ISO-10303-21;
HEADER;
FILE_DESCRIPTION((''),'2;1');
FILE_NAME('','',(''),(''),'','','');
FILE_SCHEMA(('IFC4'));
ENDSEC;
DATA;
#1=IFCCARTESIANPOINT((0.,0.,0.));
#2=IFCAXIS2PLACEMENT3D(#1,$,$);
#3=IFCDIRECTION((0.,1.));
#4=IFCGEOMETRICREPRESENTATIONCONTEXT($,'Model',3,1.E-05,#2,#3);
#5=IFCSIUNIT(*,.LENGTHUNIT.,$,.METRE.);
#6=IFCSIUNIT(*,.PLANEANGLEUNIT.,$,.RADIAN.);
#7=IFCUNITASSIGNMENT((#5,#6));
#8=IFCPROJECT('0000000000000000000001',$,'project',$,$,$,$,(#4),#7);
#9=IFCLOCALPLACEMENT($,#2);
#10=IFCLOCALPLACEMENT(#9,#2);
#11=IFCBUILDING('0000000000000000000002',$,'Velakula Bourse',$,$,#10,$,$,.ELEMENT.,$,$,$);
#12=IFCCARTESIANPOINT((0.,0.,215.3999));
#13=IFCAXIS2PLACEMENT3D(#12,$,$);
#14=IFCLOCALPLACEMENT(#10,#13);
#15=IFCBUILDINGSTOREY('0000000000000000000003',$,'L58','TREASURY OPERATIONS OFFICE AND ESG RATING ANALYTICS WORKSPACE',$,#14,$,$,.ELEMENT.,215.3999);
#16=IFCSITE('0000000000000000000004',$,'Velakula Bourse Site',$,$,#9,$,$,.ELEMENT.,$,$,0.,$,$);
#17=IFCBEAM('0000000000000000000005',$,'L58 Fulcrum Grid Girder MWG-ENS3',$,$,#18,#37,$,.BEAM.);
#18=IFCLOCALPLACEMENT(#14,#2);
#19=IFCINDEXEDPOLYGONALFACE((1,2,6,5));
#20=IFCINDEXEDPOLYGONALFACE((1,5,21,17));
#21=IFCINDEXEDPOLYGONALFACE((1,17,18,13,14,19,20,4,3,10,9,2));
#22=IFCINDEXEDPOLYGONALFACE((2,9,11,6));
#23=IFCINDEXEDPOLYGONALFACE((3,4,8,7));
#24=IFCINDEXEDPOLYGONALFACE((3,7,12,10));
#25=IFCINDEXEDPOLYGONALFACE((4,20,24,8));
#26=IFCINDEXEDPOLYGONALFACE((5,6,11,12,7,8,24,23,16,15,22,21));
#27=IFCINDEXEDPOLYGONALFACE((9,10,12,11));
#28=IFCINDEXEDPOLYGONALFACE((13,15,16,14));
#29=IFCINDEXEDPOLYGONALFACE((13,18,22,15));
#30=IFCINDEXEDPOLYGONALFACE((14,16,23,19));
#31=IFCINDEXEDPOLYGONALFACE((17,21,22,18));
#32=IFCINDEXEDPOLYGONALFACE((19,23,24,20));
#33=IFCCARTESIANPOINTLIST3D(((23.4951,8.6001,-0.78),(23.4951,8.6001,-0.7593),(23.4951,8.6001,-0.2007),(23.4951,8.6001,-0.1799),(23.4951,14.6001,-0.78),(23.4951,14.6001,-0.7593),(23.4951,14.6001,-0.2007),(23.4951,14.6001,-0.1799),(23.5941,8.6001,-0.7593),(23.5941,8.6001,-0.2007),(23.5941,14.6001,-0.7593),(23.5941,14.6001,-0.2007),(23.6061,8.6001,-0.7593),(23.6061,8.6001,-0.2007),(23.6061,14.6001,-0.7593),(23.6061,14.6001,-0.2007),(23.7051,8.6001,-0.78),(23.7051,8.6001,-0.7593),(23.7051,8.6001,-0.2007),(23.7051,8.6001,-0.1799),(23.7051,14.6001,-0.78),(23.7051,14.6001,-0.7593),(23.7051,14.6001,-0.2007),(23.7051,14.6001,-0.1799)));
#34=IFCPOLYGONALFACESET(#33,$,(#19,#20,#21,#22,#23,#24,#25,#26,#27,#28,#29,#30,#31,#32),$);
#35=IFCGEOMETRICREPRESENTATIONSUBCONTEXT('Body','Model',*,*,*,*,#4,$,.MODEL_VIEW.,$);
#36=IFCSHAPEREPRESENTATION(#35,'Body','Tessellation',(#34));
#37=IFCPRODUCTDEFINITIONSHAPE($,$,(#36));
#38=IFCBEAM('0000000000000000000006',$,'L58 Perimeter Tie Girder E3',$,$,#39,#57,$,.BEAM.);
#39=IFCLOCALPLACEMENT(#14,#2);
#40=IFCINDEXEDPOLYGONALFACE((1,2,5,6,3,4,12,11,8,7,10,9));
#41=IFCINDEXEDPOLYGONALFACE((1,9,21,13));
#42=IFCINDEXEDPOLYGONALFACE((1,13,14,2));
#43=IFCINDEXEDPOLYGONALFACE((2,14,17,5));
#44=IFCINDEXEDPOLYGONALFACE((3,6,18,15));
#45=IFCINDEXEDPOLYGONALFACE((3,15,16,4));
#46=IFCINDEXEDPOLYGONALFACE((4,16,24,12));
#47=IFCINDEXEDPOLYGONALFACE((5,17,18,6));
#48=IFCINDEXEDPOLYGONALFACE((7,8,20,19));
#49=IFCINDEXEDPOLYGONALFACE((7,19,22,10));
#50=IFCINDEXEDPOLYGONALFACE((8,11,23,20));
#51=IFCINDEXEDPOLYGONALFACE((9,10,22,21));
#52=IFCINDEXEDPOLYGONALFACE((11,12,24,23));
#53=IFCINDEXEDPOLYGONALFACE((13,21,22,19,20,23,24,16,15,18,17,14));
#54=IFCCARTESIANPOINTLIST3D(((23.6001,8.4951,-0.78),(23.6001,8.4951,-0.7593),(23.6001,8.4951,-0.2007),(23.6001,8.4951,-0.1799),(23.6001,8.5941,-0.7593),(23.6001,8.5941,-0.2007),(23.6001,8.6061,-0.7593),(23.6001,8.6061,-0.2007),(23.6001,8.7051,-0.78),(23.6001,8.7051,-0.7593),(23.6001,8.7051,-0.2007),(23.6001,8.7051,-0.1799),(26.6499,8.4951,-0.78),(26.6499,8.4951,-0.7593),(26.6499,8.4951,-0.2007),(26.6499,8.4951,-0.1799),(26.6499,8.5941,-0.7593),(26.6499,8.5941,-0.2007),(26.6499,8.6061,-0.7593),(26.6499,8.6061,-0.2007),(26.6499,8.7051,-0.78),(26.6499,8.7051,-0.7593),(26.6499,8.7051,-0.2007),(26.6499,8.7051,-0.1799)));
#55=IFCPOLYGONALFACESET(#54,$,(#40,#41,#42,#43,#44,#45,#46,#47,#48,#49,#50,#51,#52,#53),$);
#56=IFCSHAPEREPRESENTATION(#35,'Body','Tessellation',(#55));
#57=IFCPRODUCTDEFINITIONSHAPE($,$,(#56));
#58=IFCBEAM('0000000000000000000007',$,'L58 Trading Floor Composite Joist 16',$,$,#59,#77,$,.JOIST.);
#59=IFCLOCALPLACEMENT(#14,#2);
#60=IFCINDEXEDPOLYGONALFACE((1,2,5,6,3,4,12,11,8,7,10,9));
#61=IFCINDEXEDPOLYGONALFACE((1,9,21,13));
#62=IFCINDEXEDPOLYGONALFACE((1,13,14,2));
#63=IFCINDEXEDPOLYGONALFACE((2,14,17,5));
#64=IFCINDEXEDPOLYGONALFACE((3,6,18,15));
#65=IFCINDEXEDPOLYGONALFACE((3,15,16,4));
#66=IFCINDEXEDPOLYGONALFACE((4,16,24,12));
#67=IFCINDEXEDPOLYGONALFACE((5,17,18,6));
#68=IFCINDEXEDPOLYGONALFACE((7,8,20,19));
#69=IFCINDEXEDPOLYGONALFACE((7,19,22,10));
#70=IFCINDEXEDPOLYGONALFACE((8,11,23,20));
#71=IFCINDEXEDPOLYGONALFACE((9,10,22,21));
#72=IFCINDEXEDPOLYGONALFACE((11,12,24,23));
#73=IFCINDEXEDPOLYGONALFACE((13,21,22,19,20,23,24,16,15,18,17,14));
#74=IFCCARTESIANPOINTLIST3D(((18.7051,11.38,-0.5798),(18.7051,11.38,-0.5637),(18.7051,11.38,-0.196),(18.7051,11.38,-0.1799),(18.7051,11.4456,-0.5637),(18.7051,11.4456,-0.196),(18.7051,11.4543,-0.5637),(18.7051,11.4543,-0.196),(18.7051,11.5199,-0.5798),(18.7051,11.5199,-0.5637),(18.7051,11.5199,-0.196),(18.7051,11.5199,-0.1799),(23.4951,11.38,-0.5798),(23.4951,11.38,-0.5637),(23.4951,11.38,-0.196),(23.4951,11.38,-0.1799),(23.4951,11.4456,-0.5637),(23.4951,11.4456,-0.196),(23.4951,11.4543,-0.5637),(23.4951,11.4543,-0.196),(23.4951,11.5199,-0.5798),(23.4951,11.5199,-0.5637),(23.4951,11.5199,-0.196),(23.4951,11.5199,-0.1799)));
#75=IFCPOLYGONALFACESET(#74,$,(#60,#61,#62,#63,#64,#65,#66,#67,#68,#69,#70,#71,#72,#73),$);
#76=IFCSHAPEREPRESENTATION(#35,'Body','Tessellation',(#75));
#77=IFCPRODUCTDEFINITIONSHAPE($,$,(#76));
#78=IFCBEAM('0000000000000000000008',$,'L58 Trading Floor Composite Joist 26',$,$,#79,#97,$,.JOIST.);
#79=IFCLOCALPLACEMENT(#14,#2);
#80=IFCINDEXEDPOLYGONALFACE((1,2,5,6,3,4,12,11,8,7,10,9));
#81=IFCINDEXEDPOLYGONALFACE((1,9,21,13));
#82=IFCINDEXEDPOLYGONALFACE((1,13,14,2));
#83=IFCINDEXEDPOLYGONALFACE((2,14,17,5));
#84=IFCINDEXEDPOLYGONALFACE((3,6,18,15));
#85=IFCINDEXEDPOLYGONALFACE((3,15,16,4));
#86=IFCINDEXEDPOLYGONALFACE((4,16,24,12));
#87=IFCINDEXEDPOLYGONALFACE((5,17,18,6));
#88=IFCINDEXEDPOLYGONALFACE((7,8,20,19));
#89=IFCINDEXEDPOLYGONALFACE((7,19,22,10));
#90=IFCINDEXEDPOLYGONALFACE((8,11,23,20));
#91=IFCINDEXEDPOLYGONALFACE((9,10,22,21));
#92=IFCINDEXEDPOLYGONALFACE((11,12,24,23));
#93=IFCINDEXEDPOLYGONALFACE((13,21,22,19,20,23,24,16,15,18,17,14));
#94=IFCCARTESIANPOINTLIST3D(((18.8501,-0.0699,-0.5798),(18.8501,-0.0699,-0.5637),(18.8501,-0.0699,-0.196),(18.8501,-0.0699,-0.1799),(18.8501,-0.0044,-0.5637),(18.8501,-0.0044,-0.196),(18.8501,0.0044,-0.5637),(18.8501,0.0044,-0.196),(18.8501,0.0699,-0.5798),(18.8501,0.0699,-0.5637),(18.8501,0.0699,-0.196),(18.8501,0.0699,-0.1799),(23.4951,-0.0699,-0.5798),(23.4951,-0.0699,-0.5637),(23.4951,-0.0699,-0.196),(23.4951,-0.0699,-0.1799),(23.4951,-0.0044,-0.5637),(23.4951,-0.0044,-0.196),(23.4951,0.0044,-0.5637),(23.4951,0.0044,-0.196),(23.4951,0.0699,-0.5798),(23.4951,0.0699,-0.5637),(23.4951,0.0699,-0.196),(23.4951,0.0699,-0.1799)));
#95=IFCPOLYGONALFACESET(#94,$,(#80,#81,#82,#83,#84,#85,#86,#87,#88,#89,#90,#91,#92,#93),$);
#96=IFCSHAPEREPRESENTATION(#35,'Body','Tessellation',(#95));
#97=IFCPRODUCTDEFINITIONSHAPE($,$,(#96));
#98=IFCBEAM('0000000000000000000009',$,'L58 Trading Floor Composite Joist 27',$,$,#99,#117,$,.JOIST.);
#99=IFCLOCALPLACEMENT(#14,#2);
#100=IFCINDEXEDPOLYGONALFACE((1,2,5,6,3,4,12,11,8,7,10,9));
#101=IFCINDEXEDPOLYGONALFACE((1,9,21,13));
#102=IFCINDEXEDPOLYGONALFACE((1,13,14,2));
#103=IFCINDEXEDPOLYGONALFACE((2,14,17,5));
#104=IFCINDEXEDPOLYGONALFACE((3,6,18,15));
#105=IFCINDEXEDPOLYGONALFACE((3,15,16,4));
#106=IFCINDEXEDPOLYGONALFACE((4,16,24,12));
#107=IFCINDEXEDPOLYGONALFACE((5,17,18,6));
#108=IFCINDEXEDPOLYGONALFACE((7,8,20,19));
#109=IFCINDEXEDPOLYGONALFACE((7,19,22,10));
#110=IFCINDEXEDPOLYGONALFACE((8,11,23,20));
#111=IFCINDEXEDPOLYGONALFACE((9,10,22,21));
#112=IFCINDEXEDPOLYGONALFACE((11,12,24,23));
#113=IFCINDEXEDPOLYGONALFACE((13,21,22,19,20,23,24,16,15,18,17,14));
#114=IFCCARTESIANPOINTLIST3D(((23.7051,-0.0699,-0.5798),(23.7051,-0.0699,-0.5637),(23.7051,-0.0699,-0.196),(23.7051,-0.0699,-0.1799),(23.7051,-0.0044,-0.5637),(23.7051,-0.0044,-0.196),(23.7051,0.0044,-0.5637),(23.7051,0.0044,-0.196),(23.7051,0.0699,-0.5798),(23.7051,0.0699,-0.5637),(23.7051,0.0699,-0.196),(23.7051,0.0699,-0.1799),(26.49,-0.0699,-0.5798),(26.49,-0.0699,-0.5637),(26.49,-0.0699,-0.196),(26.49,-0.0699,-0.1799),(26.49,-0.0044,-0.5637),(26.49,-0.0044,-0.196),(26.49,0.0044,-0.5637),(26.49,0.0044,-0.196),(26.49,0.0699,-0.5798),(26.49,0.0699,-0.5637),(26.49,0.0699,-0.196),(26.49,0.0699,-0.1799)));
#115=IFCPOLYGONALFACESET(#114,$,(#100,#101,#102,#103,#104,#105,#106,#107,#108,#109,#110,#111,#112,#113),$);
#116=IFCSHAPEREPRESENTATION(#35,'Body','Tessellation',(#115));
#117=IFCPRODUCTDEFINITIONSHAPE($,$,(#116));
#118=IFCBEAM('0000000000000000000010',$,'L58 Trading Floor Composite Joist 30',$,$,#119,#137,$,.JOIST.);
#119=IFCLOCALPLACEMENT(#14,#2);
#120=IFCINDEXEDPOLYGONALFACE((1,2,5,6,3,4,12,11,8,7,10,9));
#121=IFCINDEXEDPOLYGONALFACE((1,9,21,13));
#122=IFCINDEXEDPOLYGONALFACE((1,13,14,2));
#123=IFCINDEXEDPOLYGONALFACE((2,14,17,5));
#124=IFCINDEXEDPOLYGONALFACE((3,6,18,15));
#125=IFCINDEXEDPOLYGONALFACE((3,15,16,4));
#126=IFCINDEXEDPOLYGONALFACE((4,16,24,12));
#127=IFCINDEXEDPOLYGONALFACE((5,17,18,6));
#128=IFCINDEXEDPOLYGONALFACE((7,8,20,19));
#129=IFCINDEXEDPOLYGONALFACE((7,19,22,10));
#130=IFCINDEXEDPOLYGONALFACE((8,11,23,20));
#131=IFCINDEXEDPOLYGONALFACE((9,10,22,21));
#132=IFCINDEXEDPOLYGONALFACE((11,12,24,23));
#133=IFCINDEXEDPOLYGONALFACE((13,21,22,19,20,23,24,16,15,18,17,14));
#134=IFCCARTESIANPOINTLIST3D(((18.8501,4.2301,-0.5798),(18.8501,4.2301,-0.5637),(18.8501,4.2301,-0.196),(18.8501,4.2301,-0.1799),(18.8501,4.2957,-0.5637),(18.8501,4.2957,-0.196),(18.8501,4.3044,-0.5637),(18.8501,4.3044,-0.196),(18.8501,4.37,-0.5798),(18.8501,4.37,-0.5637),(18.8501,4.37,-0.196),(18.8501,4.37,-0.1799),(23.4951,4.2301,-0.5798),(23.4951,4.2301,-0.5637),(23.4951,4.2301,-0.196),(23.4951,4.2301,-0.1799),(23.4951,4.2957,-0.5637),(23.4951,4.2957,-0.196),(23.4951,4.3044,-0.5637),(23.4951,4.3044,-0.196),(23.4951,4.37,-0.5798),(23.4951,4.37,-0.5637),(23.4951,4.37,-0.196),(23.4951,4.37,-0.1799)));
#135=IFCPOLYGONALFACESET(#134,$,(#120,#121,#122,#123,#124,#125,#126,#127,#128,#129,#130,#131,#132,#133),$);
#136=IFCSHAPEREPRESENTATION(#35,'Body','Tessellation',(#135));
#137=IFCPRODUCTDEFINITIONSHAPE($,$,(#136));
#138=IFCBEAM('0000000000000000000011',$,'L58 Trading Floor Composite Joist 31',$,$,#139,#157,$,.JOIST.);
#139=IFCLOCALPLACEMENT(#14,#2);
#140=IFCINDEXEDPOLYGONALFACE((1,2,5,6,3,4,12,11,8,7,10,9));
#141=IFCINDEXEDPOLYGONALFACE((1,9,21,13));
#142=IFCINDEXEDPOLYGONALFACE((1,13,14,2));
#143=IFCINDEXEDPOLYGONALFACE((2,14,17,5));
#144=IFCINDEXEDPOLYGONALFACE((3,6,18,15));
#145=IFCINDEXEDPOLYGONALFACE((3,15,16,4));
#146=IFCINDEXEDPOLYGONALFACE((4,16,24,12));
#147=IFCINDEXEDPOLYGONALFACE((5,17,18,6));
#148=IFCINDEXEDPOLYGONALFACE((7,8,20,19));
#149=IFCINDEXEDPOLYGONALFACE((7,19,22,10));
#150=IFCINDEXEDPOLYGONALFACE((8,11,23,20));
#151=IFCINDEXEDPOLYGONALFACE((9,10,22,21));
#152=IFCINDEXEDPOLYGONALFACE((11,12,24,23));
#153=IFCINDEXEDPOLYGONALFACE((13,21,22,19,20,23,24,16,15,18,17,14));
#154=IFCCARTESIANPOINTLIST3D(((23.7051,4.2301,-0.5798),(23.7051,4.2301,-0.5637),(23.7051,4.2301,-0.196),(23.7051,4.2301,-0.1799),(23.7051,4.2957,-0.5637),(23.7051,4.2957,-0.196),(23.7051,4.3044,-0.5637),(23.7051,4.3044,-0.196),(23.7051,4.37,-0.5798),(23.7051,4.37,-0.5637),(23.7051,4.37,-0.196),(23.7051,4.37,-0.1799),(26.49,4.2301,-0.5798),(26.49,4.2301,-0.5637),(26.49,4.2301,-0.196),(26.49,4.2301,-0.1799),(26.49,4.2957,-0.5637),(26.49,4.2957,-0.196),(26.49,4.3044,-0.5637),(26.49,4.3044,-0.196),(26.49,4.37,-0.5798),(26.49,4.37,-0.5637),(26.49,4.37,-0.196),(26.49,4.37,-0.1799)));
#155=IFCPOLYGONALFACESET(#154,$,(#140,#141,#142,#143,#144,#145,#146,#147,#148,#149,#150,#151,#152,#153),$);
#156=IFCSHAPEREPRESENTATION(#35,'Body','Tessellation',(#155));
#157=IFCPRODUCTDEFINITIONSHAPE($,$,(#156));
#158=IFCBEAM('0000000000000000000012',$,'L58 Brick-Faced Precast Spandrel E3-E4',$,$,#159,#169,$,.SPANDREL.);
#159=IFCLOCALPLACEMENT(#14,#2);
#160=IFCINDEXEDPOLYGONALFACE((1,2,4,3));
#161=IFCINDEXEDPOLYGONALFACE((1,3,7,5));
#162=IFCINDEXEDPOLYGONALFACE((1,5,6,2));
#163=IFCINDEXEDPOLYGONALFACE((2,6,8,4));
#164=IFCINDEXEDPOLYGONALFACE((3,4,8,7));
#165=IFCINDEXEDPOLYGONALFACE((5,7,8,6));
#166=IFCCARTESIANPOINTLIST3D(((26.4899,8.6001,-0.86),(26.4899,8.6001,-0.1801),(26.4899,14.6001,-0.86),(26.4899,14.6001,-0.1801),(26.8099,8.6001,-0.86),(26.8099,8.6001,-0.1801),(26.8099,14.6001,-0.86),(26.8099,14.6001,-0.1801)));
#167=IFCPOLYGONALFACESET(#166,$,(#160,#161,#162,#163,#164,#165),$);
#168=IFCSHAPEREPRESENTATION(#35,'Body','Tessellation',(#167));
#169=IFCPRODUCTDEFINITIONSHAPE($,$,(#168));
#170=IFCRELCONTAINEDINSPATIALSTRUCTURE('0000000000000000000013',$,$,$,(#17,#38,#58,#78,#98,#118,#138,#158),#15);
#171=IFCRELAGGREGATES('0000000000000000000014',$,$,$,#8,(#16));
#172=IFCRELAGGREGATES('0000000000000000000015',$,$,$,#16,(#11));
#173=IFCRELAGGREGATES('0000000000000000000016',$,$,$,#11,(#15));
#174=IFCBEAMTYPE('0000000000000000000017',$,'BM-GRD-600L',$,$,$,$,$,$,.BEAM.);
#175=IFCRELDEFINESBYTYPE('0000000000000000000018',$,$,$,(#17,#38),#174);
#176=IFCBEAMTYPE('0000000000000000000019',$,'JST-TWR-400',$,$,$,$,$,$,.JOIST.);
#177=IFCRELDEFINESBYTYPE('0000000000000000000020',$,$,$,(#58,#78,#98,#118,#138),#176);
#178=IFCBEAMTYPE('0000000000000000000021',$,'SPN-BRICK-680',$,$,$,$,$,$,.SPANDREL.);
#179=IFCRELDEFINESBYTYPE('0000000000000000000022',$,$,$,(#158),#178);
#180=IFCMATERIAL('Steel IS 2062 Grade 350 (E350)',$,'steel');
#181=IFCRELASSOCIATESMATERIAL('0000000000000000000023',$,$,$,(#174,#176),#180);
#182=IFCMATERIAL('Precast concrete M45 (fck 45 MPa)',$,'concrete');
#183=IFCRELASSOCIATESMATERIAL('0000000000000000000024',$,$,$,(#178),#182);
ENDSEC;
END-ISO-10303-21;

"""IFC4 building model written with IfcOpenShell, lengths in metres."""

from ifc_helpers import new_model, si_unit, direction, frame, origin, origin_2d, place, context, subcontext, project, spatial, rectangle, i_section, extrude, material, material_profile, profile_set, type_object, element, save


model = new_model("IFC4")

# Units and contexts
model_context = context("Model", 3, precision=1e-05, world=origin(), true_north=direction((0.0, 1.0)))
body_context = subcontext(model_context, "Body", "Model", "MODEL_VIEW")
ifc_project = project(units=[si_unit("LENGTHUNIT", "METRE"), si_unit("PLANEANGLEUNIT", "RADIAN")], contexts=[model_context])

# Site, building, storey
site_placement = place(None, origin())
site = spatial("IfcSite", under=ifc_project, at=site_placement, Name="Velakula Bourse Site", CompositionType="ELEMENT", RefElevation=0.0)
building_placement = place(site_placement, origin())
building = spatial("IfcBuilding", under=site, at=building_placement, Name="Velakula Bourse", CompositionType="ELEMENT")
storey_placement = place(building_placement, frame((0.0, 0.0, 215.3999)))
storey = spatial("IfcBuildingStorey", under=building, at=storey_placement, Name="L58", Description="TREASURY OPERATIONS OFFICE AND ESG RATING ANALYTICS WORKSPACE", CompositionType="ELEMENT", Elevation=215.3999)

# Shared definitions
ifc_material_1 = material(Name="Steel IS 2062 Grade 350 (E350)", Category="steel")

# Beams
ifc_material_profile_1 = material_profile(ifc_material_1, i_section(OverallWidth=0.21, OverallDepth=0.6001, WebThickness=0.012, FlangeThickness=0.0208, at=origin_2d()), Name="Steel IS 2062 Grade 350 (E350)")
ifc_profile_set_1 = profile_set([ifc_material_profile_1], Name="Steel IS 2062 Grade 350 (E350)")
beam_type_1 = type_object("IfcBeamType", Name="BM-GRD-600L", PredefinedType="BEAM", material=ifc_profile_set_1)
beam_1_placement = place(storey_placement, frame((23.6001, 8.6001, -0.48), z_axis=(0.0, 1.0, 0.0), x_axis=(-1.0, 0.0, 0.0)))
element("IfcBeam", 1, at=beam_1_placement, inside=storey, type_object=beam_type_1, Name="L58 Fulcrum Grid Girder MWG-ENS3", PredefinedType="BEAM", context=body_context, shape_type="SweptSolid", body=[
    extrude(i_section(OverallWidth=0.21, OverallDepth=0.6001, WebThickness=0.012, FlangeThickness=0.0208, at=origin_2d()), origin(), (0.0, 0.0, 1.0), 6.0),
])
beam_2_placement = place(storey_placement, frame((23.6001, 8.6001, -0.48), z_axis=(1.0, 0.0, 0.0), x_axis=(0.0, 1.0, 0.0)))
element("IfcBeam", 2, at=beam_2_placement, inside=storey, type_object=beam_type_1, Name="L58 Perimeter Tie Girder E3", PredefinedType="BEAM", context=body_context, shape_type="SweptSolid", body=[
    extrude(i_section(OverallWidth=0.21, OverallDepth=0.6001, WebThickness=0.012, FlangeThickness=0.0208, at=origin_2d()), origin(), (0.0, 0.0, 1.0), 3.0498),
])
ifc_material_profile_2 = material_profile(ifc_material_1, i_section(OverallWidth=0.1399, OverallDepth=0.3999, WebThickness=0.0088, FlangeThickness=0.0161, at=origin_2d()), Name="Steel IS 2062 Grade 350 (E350)")
ifc_profile_set_2 = profile_set([ifc_material_profile_2], Name="Steel IS 2062 Grade 350 (E350)")
beam_type_2 = type_object("IfcBeamType", Name="JST-TWR-400", PredefinedType="JOIST", material=ifc_profile_set_2)
beam_3_placement = place(storey_placement, frame((18.7051, 11.45, -0.3799), z_axis=(1.0, 0.0, 0.0), x_axis=(0.0, 1.0, 0.0)))
element("IfcBeam", 3, at=beam_3_placement, inside=storey, type_object=beam_type_2, Name="L58 Trading Floor Composite Joist 16", PredefinedType="JOIST", context=body_context, shape_type="SweptSolid", body=[
    extrude(i_section(OverallWidth=0.1399, OverallDepth=0.3999, WebThickness=0.0088, FlangeThickness=0.0161, at=origin_2d()), origin(), (0.0, 0.0, 1.0), 4.79),
])
beam_4_placement = place(storey_placement, frame((18.8501, 0.0, -0.3799), z_axis=(1.0, 0.0, 0.0), x_axis=(0.0, 1.0, 0.0)))
element("IfcBeam", 4, at=beam_4_placement, inside=storey, type_object=beam_type_2, Name="L58 Trading Floor Composite Joist 26", PredefinedType="JOIST", context=body_context, shape_type="SweptSolid", body=[
    extrude(i_section(OverallWidth=0.1399, OverallDepth=0.3999, WebThickness=0.0088, FlangeThickness=0.0161, at=origin_2d()), origin(), (0.0, 0.0, 1.0), 4.645),
])
beam_5_placement = place(storey_placement, frame((23.7051, 0.0, -0.3799), z_axis=(1.0, 0.0, 0.0), x_axis=(0.0, 1.0, 0.0)))
element("IfcBeam", 5, at=beam_5_placement, inside=storey, type_object=beam_type_2, Name="L58 Trading Floor Composite Joist 27", PredefinedType="JOIST", context=body_context, shape_type="SweptSolid", body=[
    extrude(i_section(OverallWidth=0.1399, OverallDepth=0.3999, WebThickness=0.0088, FlangeThickness=0.0161, at=origin_2d()), origin(), (0.0, 0.0, 1.0), 2.7849),
])
beam_6_placement = place(storey_placement, frame((18.8501, 4.3, -0.3799), z_axis=(1.0, 0.0, 0.0), x_axis=(0.0, 1.0, 0.0)))
element("IfcBeam", 6, at=beam_6_placement, inside=storey, type_object=beam_type_2, Name="L58 Trading Floor Composite Joist 30", PredefinedType="JOIST", context=body_context, shape_type="SweptSolid", body=[
    extrude(i_section(OverallWidth=0.1399, OverallDepth=0.3999, WebThickness=0.0088, FlangeThickness=0.0161, at=origin_2d()), origin(), (0.0, 0.0, 1.0), 4.645),
])
beam_7_placement = place(storey_placement, frame((23.7051, 4.3, -0.3799), z_axis=(1.0, 0.0, 0.0), x_axis=(0.0, 1.0, 0.0)))
element("IfcBeam", 7, at=beam_7_placement, inside=storey, type_object=beam_type_2, Name="L58 Trading Floor Composite Joist 31", PredefinedType="JOIST", context=body_context, shape_type="SweptSolid", body=[
    extrude(i_section(OverallWidth=0.1399, OverallDepth=0.3999, WebThickness=0.0088, FlangeThickness=0.0161, at=origin_2d()), origin(), (0.0, 0.0, 1.0), 2.7849),
])
ifc_material_2 = material(Name="Precast concrete M45 (fck 45 MPa)", Category="concrete")
ifc_material_profile_3 = material_profile(ifc_material_2, rectangle(XDim=0.3201, YDim=0.6799, at=origin_2d()), Name="Precast concrete M45 (fck 45 MPa)")
ifc_profile_set_3 = profile_set([ifc_material_profile_3], Name="Precast concrete M45 (fck 45 MPa)")
beam_type_3 = type_object("IfcBeamType", Name="SPN-BRICK-680", PredefinedType="SPANDREL", material=ifc_profile_set_3)
beam_8_placement = place(storey_placement, frame((26.6499, 8.6001, -0.52), z_axis=(0.0, 1.0, 0.0), x_axis=(-1.0, 0.0, 0.0)))
element("IfcBeam", 8, at=beam_8_placement, inside=storey, type_object=beam_type_3, Name="L58 Brick-Faced Precast Spandrel E3-E4", PredefinedType="SPANDREL", context=body_context, shape_type="SweptSolid", body=[
    extrude(rectangle(XDim=0.3201, YDim=0.6799, at=origin_2d()), origin(), (0.0, 0.0, 1.0), 6.0),
])

save(model, "model.ifc")
